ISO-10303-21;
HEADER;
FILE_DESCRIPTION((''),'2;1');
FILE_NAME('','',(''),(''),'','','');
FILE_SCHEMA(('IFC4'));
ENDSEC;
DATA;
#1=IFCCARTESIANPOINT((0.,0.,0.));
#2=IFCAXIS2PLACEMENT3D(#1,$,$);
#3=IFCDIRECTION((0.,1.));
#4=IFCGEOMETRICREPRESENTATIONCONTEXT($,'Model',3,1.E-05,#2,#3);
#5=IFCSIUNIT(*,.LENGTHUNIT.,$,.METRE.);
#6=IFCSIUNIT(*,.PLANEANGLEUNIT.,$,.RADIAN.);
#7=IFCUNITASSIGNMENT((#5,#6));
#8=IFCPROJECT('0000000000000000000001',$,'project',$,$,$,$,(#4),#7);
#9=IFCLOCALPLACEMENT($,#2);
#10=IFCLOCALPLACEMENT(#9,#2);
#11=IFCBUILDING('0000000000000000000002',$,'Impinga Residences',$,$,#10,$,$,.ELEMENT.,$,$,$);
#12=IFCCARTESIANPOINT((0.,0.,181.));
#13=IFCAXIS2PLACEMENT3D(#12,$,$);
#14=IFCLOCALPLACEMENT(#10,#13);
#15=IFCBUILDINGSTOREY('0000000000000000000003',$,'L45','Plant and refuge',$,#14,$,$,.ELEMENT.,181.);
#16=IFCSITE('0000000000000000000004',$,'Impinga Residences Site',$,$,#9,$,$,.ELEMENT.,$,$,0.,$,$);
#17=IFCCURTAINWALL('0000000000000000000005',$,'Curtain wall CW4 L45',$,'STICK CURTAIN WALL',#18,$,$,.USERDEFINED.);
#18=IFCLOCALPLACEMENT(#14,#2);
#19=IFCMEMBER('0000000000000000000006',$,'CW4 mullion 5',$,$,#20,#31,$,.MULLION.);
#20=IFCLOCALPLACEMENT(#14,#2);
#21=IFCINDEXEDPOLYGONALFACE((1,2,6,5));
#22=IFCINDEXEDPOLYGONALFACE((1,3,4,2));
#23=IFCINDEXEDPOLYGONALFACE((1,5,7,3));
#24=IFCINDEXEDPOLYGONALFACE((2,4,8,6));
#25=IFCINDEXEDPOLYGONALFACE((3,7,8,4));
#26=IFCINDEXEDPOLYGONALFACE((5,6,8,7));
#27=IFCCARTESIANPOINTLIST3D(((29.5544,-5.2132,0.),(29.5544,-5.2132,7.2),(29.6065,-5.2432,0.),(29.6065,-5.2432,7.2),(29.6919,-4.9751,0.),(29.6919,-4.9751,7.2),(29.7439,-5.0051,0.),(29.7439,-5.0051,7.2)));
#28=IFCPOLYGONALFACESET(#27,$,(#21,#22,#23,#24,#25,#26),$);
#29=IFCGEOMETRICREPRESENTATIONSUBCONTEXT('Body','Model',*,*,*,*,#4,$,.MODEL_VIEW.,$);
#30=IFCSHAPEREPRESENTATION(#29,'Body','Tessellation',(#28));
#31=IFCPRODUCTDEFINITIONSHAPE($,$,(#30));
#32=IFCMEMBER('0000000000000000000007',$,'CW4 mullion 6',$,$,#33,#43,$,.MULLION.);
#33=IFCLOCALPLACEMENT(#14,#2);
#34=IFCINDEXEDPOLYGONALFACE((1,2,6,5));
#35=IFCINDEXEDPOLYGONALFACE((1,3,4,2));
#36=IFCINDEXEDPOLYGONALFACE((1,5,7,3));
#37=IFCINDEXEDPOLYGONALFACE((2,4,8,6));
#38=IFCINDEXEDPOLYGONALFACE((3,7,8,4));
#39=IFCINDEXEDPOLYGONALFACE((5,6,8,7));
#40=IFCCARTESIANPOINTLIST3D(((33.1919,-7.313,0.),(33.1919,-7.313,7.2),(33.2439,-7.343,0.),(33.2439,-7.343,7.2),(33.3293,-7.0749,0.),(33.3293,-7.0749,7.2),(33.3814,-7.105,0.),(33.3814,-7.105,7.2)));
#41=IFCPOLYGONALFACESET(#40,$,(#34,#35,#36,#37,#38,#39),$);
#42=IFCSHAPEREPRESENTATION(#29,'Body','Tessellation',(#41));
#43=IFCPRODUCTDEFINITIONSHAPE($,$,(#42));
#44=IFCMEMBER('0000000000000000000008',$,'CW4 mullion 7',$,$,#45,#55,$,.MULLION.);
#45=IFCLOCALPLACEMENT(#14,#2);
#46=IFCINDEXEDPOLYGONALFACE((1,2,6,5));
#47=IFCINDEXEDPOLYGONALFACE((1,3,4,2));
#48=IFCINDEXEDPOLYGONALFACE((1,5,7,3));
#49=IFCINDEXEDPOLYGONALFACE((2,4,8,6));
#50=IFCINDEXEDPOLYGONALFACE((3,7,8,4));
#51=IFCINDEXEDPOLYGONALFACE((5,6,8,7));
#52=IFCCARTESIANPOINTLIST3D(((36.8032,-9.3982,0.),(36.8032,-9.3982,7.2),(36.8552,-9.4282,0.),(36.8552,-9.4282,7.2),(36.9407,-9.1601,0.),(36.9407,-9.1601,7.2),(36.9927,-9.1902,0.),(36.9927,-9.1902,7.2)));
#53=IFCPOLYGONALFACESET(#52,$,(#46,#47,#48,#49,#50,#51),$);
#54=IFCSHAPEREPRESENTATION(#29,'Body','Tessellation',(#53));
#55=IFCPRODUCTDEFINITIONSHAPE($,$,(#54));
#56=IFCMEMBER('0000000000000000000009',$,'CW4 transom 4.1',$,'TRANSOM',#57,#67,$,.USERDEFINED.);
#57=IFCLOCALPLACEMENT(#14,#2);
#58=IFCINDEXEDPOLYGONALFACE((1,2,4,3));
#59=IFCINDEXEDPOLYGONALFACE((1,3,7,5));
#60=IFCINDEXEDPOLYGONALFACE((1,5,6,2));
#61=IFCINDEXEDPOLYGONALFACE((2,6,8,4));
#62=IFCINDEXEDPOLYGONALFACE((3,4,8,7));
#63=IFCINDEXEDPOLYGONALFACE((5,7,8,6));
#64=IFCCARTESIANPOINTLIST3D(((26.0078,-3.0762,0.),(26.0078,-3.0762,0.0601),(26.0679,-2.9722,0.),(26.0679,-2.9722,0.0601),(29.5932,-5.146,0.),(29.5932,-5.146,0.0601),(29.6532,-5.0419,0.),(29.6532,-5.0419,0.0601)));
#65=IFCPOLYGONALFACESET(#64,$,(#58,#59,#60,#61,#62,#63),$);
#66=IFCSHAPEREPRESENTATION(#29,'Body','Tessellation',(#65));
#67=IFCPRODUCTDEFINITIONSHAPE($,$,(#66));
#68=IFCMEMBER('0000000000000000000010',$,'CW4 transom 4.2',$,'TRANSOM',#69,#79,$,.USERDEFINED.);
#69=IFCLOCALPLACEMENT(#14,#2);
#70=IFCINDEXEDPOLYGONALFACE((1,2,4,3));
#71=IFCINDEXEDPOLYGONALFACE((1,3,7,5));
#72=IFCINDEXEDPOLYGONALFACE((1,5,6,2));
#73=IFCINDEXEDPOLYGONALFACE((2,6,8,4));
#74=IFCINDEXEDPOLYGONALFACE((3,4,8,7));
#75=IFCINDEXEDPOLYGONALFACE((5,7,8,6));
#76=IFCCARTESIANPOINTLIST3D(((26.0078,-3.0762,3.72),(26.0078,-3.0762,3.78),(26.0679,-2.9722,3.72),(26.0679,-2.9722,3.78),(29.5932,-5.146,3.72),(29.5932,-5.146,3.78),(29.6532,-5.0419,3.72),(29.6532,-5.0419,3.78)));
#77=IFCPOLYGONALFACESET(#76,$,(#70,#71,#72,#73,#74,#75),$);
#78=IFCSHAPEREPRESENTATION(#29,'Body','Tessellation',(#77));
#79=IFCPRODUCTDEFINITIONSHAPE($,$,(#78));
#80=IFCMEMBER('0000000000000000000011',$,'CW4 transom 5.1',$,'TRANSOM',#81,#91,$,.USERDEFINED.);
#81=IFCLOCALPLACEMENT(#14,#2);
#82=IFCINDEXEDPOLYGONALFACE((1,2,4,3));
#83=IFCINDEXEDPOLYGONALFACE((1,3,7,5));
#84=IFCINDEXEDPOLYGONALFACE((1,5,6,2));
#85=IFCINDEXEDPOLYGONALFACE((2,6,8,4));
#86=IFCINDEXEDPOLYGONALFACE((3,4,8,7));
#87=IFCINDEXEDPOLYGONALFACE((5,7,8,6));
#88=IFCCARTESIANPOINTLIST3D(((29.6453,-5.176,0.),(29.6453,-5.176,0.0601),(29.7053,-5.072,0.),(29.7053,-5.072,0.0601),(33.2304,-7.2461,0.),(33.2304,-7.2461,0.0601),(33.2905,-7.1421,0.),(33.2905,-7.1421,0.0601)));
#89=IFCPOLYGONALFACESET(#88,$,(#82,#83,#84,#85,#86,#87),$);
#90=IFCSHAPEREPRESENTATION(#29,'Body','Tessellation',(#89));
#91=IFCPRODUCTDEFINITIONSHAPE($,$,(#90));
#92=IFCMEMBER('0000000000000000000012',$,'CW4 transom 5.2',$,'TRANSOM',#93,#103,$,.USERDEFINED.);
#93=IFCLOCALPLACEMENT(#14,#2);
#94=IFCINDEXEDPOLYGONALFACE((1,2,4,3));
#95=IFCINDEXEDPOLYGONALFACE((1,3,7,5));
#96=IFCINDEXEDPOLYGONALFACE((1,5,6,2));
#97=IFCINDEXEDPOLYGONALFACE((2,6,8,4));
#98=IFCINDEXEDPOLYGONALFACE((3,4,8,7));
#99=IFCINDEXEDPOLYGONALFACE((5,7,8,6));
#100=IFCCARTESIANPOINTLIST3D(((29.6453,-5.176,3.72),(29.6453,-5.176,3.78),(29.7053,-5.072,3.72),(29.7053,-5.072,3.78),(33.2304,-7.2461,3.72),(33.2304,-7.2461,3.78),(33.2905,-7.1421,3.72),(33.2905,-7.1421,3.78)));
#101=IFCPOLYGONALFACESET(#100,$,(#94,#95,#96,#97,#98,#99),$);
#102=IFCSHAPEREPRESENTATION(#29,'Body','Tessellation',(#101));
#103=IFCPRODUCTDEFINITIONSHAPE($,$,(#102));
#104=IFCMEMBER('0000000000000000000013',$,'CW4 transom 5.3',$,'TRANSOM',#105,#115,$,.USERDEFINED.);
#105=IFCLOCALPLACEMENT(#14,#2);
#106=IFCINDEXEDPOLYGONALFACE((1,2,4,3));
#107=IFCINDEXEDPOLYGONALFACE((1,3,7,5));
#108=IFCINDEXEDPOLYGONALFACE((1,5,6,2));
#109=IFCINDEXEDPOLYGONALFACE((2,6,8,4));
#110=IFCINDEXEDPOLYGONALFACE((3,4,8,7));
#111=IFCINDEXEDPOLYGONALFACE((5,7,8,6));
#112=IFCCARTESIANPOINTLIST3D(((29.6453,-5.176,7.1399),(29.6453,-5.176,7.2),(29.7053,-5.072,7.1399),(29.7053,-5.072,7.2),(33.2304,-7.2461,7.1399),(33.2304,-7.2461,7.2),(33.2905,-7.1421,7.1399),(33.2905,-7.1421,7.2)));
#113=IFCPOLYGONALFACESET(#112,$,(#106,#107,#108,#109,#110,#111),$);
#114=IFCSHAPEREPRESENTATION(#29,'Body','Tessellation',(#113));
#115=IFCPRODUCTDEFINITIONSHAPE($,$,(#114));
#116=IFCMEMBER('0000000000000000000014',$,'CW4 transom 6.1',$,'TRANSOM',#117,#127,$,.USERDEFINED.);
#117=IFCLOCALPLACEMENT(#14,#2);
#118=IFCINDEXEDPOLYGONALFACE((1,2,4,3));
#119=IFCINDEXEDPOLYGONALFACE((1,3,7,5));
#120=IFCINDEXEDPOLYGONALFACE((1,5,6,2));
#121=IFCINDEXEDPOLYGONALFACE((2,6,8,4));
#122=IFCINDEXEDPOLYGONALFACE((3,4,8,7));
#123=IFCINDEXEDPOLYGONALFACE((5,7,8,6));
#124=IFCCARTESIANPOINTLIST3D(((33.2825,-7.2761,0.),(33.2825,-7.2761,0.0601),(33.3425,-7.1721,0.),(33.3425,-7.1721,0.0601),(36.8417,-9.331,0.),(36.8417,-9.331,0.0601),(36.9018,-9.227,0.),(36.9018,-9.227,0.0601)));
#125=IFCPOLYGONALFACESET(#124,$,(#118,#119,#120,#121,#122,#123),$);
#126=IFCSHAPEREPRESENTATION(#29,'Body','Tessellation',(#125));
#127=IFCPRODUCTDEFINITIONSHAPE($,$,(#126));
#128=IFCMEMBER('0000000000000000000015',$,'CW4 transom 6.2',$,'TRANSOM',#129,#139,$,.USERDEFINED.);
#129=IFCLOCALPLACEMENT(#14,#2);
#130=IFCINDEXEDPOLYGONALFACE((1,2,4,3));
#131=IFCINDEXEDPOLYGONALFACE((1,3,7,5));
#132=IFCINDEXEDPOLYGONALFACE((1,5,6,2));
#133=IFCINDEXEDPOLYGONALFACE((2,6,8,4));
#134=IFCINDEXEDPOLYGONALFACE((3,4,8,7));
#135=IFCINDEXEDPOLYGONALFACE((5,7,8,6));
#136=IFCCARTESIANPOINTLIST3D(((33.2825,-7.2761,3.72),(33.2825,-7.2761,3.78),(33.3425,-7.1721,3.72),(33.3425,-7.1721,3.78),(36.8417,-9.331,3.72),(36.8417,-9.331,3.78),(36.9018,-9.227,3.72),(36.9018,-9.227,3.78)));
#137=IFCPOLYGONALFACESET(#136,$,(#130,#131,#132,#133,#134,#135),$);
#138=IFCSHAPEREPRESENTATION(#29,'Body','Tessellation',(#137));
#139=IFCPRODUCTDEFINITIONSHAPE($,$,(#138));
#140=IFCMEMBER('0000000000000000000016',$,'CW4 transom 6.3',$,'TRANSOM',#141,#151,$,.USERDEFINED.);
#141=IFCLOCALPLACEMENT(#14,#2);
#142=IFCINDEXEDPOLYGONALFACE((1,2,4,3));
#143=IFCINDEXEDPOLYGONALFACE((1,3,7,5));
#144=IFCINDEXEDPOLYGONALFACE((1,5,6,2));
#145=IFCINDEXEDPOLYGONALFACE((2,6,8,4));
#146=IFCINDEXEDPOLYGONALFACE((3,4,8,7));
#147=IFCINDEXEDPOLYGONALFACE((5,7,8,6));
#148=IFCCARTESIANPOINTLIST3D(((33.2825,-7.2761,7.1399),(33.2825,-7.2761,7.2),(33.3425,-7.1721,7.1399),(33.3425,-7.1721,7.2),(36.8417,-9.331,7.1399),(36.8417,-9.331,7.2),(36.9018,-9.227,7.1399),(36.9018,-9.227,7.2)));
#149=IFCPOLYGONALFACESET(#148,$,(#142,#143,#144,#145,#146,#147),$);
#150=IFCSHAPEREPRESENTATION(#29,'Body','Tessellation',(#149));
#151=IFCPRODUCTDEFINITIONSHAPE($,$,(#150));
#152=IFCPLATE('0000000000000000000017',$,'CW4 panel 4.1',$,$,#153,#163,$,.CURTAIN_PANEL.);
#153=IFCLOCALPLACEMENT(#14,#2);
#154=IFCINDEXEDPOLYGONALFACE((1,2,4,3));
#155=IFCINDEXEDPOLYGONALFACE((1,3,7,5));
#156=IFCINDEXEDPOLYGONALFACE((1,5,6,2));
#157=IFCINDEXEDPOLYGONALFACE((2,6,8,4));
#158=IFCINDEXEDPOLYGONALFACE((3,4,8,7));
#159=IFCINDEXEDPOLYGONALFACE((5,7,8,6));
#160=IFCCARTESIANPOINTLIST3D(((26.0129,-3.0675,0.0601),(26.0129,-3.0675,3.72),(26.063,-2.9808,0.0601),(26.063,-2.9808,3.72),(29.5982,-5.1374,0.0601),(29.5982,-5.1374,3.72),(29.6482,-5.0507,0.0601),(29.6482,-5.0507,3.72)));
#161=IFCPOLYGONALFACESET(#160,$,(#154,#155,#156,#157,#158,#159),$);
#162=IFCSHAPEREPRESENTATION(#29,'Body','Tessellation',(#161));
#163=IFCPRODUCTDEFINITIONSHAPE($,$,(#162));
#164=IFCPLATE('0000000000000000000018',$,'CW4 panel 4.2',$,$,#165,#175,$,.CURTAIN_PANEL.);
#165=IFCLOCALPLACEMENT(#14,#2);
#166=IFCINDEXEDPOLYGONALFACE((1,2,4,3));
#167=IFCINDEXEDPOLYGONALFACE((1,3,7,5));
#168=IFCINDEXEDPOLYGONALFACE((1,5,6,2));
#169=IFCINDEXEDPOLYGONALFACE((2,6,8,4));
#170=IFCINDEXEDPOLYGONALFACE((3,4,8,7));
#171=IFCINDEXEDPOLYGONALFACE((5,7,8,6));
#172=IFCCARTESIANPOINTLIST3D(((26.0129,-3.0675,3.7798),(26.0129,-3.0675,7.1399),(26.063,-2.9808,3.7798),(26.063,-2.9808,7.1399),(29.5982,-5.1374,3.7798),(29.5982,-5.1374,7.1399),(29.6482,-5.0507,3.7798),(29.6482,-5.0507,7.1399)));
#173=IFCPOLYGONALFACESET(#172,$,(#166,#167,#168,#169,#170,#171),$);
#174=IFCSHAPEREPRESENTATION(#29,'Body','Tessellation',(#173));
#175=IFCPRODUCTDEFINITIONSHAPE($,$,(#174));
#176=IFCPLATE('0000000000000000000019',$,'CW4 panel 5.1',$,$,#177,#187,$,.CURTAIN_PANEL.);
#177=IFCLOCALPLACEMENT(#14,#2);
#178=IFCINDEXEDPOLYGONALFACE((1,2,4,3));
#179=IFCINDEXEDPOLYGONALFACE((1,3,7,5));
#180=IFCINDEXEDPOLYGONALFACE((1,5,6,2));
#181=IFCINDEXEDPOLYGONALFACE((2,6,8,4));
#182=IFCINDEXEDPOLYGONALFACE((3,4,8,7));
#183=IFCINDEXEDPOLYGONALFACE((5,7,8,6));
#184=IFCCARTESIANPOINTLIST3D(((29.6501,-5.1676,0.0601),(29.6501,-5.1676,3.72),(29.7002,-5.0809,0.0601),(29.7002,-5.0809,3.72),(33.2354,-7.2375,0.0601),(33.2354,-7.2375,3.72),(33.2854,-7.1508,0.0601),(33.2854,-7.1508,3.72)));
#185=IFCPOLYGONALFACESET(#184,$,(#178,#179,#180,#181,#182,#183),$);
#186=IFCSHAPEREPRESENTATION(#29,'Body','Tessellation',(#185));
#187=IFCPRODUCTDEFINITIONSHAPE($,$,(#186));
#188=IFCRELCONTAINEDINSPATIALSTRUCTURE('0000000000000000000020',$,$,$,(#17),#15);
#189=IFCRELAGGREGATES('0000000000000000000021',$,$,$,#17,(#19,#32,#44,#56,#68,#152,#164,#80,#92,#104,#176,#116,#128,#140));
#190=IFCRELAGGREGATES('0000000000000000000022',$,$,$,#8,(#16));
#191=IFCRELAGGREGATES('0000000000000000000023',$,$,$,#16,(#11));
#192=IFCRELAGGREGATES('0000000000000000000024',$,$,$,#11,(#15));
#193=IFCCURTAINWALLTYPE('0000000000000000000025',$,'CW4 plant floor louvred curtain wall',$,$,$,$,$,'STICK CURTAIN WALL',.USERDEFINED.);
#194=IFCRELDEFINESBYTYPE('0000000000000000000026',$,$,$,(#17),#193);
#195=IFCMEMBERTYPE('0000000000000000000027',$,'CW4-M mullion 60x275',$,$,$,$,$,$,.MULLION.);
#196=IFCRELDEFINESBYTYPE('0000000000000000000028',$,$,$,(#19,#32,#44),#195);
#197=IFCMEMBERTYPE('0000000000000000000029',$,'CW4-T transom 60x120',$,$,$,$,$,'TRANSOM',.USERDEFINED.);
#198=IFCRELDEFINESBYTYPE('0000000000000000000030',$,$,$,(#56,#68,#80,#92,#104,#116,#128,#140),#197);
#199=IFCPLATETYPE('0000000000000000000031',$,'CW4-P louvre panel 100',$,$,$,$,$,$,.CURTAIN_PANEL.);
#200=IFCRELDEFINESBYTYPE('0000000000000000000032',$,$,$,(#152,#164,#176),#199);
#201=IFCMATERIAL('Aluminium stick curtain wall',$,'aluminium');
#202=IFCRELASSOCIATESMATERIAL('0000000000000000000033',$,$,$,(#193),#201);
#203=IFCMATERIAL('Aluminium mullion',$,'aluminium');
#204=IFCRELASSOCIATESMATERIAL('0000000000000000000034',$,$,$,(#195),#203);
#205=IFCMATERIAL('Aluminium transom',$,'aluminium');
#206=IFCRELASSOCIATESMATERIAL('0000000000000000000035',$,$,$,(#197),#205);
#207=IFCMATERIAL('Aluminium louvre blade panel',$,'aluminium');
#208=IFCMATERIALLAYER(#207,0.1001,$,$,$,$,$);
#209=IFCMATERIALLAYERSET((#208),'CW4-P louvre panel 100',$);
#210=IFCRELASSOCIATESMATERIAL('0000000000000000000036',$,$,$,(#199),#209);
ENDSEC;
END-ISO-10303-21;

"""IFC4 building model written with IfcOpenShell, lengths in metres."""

from ifc_helpers import new_model, si_unit, direction, frame, origin, origin_2d, place, context, subcontext, project, spatial, rectangle, extrude, material, layer, layer_set, material_profile, profile_set, type_object, element, aggregate, save


model = new_model("IFC4")

# Units and contexts
model_context = context("Model", 3, precision=1e-05, world=origin(), true_north=direction((0.0, 1.0)))
body_context = subcontext(model_context, "Body", "Model", "MODEL_VIEW")
ifc_project = project(units=[si_unit("LENGTHUNIT", "METRE"), si_unit("PLANEANGLEUNIT", "RADIAN")], contexts=[model_context])

# Site, building, storey
site_placement = place(None, origin())
site = spatial("IfcSite", under=ifc_project, at=site_placement, Name="Impinga Residences Site", CompositionType="ELEMENT", RefElevation=0.0)
building_placement = place(site_placement, origin())
building = spatial("IfcBuilding", under=site, at=building_placement, Name="Impinga Residences", CompositionType="ELEMENT")
storey_placement = place(building_placement, frame((0.0, 0.0, 181.0)))
storey = spatial("IfcBuildingStorey", under=building, at=storey_placement, Name="L45", Description="Plant and refuge", CompositionType="ELEMENT", Elevation=181.0)

# Curtain wall, members, plates
ifc_material_1 = material(Name="Aluminium stick curtain wall", Category="aluminium")
curtain_wall_type = type_object("IfcCurtainWallType", Name="CW4 plant floor louvred curtain wall", ElementType="STICK CURTAIN WALL", PredefinedType="USERDEFINED", material=ifc_material_1)
curtain_wall_placement = place(storey_placement, origin())
curtain_wall = element("IfcCurtainWall", 1, at=curtain_wall_placement, inside=storey, type_object=curtain_wall_type, Name="Curtain wall CW4 L45", ObjectType="STICK CURTAIN WALL", PredefinedType="USERDEFINED")
ifc_material_2 = material(Name="Aluminium mullion", Category="aluminium")
ifc_material_profile_1 = material_profile(ifc_material_2, rectangle(XDim=0.0601, YDim=0.2749, at=origin_2d()), Name="60x275 mullion")
ifc_profile_set_1 = profile_set([ifc_material_profile_1], Name="Aluminium mullion")
member_type_1 = type_object("IfcMemberType", Name="CW4-M mullion 60x275", PredefinedType="MULLION", material=ifc_profile_set_1)
member_1_placement = place(storey_placement, frame((29.6492, -5.1091, 0.0), z_axis=(0.0, 0.0, 1.0), x_axis=(0.866025, -0.5, 0.0)))
member_1 = element("IfcMember", 2, at=member_1_placement, type_object=member_type_1, Name="CW4 mullion 5", PredefinedType="MULLION", context=body_context, shape_type="SweptSolid", body=[
    extrude(rectangle(XDim=0.0601, YDim=0.2749, at=origin_2d()), origin(), (0.0, 0.0, 1.0), 7.2),
])
member_2_placement = place(storey_placement, frame((33.2866, -7.209, 0.0), z_axis=(0.0, 0.0, 1.0), x_axis=(0.866025, -0.5, 0.0)))
member_2 = element("IfcMember", 3, at=member_2_placement, type_object=member_type_1, Name="CW4 mullion 6", PredefinedType="MULLION", context=body_context, shape_type="SweptSolid", body=[
    extrude(rectangle(XDim=0.0601, YDim=0.2749, at=origin_2d()), origin(), (0.0, 0.0, 1.0), 7.2),
])
member_3_placement = place(storey_placement, frame((36.8979, -9.2942, 0.0), z_axis=(0.0, 0.0, 1.0), x_axis=(0.866025, -0.5, 0.0)))
member_3 = element("IfcMember", 4, at=member_3_placement, type_object=member_type_1, Name="CW4 mullion 7", PredefinedType="MULLION", context=body_context, shape_type="SweptSolid", body=[
    extrude(rectangle(XDim=0.0601, YDim=0.2749, at=origin_2d()), origin(), (0.0, 0.0, 1.0), 7.2),
])
ifc_material_3 = material(Name="Aluminium transom", Category="aluminium")
ifc_material_profile_2 = material_profile(ifc_material_3, rectangle(XDim=0.0601, YDim=0.1201, at=origin_2d()), Name="60x120 transom")
ifc_profile_set_2 = profile_set([ifc_material_profile_2], Name="Aluminium transom")
member_type_2 = type_object("IfcMemberType", Name="CW4-T transom 60x120", ElementType="TRANSOM", PredefinedType="USERDEFINED", material=ifc_profile_set_2)
member_4_placement = place(storey_placement, frame((26.0378, -3.0242, 0.03), z_axis=(0.86605, -0.499957, 0.0), x_axis=(0.0, 0.0, 1.0)))
member_4 = element("IfcMember", 5, at=member_4_placement, type_object=member_type_2, Name="CW4 transom 4.1", ObjectType="TRANSOM", PredefinedType="USERDEFINED", context=body_context, shape_type="SweptSolid", body=[
    extrude(rectangle(XDim=0.0601, YDim=0.1201, at=origin_2d()), origin(), (0.0, 0.0, 1.0), 4.1399),
])
member_5_placement = place(storey_placement, frame((26.0378, -3.0242, 3.75), z_axis=(0.86605, -0.499957, 0.0), x_axis=(0.0, 0.0, 1.0)))
member_5 = element("IfcMember", 6, at=member_5_placement, type_object=member_type_2, Name="CW4 transom 4.2", ObjectType="TRANSOM", PredefinedType="USERDEFINED", context=body_context, shape_type="SweptSolid", body=[
    extrude(rectangle(XDim=0.0601, YDim=0.1201, at=origin_2d()), origin(), (0.0, 0.0, 1.0), 4.1399),
])
member_6_placement = place(storey_placement, frame((29.6753, -5.124, 0.03), z_axis=(0.86601, -0.500027, 0.0), x_axis=(0.0, 0.0, 1.0)))
member_6 = element("IfcMember", 7, at=member_6_placement, type_object=member_type_2, Name="CW4 transom 5.1", ObjectType="TRANSOM", PredefinedType="USERDEFINED", context=body_context, shape_type="SweptSolid", body=[
    extrude(rectangle(XDim=0.0601, YDim=0.1201, at=origin_2d()), origin(), (0.0, 0.0, 1.0), 4.1399),
])
member_7_placement = place(storey_placement, frame((29.6753, -5.124, 3.75), z_axis=(0.86601, -0.500027, 0.0), x_axis=(0.0, 0.0, 1.0)))
member_7 = element("IfcMember", 8, at=member_7_placement, type_object=member_type_2, Name="CW4 transom 5.2", ObjectType="TRANSOM", PredefinedType="USERDEFINED", context=body_context, shape_type="SweptSolid", body=[
    extrude(rectangle(XDim=0.0601, YDim=0.1201, at=origin_2d()), origin(), (0.0, 0.0, 1.0), 4.1399),
])
member_8_placement = place(storey_placement, frame((29.6753, -5.124, 7.1699), z_axis=(0.86601, -0.500027, 0.0), x_axis=(0.0, 0.0, 1.0)))
member_8 = element("IfcMember", 9, at=member_8_placement, type_object=member_type_2, Name="CW4 transom 5.3", ObjectType="TRANSOM", PredefinedType="USERDEFINED", context=body_context, shape_type="SweptSolid", body=[
    extrude(rectangle(XDim=0.0601, YDim=0.1201, at=origin_2d()), origin(), (0.0, 0.0, 1.0), 4.1399),
])
member_9_placement = place(storey_placement, frame((33.3125, -7.2241, 0.03), z_axis=(0.86603, -0.499992, 0.0), x_axis=(0.0, 0.0, 1.0)))
member_9 = element("IfcMember", 10, at=member_9_placement, type_object=member_type_2, Name="CW4 transom 6.1", ObjectType="TRANSOM", PredefinedType="USERDEFINED", context=body_context, shape_type="SweptSolid", body=[
    extrude(rectangle(XDim=0.0601, YDim=0.1201, at=origin_2d()), origin(), (0.0, 0.0, 1.0), 4.1099),
])
member_10_placement = place(storey_placement, frame((33.3125, -7.2241, 3.75), z_axis=(0.86603, -0.499992, 0.0), x_axis=(0.0, 0.0, 1.0)))
member_10 = element("IfcMember", 11, at=member_10_placement, type_object=member_type_2, Name="CW4 transom 6.2", ObjectType="TRANSOM", PredefinedType="USERDEFINED", context=body_context, shape_type="SweptSolid", body=[
    extrude(rectangle(XDim=0.0601, YDim=0.1201, at=origin_2d()), origin(), (0.0, 0.0, 1.0), 4.1099),
])
member_11_placement = place(storey_placement, frame((33.3125, -7.2241, 7.1699), z_axis=(0.86603, -0.499992, 0.0), x_axis=(0.0, 0.0, 1.0)))
member_11 = element("IfcMember", 12, at=member_11_placement, type_object=member_type_2, Name="CW4 transom 6.3", ObjectType="TRANSOM", PredefinedType="USERDEFINED", context=body_context, shape_type="SweptSolid", body=[
    extrude(rectangle(XDim=0.0601, YDim=0.1201, at=origin_2d()), origin(), (0.0, 0.0, 1.0), 4.1099),
])
ifc_material_4 = material(Name="Aluminium louvre blade panel", Category="aluminium")
ifc_layer_1 = layer(ifc_material_4, 0.1001)
ifc_layer_set_1 = layer_set([ifc_layer_1], Name="CW4-P louvre panel 100")
plate_type = type_object("IfcPlateType", Name="CW4-P louvre panel 100", PredefinedType="CURTAIN_PANEL", material=ifc_layer_set_1)
plate_1_placement = place(storey_placement, frame((27.8306, -4.0591, 0.0601), z_axis=(0.0, 0.0, 1.0), x_axis=(0.866025, -0.5, 0.0)))
plate_1 = element("IfcPlate", 13, at=plate_1_placement, type_object=plate_type, Name="CW4 panel 4.1", PredefinedType="CURTAIN_PANEL", context=body_context, shape_type="SweptSolid", body=[
    extrude(rectangle(XDim=4.1399, YDim=0.1001, at=origin_2d()), origin(), (0.0, 0.0, 1.0), 3.6599),
])
plate_2_placement = place(storey_placement, frame((27.8306, -4.0591, 3.7798), z_axis=(0.0, 0.0, 1.0), x_axis=(0.866025, -0.5, 0.0)))
plate_2 = element("IfcPlate", 14, at=plate_2_placement, type_object=plate_type, Name="CW4 panel 4.2", PredefinedType="CURTAIN_PANEL", context=body_context, shape_type="SweptSolid", body=[
    extrude(rectangle(XDim=4.1399, YDim=0.1001, at=origin_2d()), origin(), (0.0, 0.0, 1.0), 3.3601),
])
plate_3_placement = place(storey_placement, frame((31.4678, -6.1592, 0.0601), z_axis=(0.0, 0.0, 1.0), x_axis=(0.866025, -0.5, 0.0)))
plate_3 = element("IfcPlate", 15, at=plate_3_placement, type_object=plate_type, Name="CW4 panel 5.1", PredefinedType="CURTAIN_PANEL", context=body_context, shape_type="SweptSolid", body=[
    extrude(rectangle(XDim=4.1399, YDim=0.1001, at=origin_2d()), origin(), (0.0, 0.0, 1.0), 3.6599),
])
aggregate(curtain_wall, [member_1, member_2, member_3, member_4, member_5, plate_1, plate_2, member_6, member_7, member_8, plate_3, member_9, member_10, member_11])

save(model, "model.ifc")
